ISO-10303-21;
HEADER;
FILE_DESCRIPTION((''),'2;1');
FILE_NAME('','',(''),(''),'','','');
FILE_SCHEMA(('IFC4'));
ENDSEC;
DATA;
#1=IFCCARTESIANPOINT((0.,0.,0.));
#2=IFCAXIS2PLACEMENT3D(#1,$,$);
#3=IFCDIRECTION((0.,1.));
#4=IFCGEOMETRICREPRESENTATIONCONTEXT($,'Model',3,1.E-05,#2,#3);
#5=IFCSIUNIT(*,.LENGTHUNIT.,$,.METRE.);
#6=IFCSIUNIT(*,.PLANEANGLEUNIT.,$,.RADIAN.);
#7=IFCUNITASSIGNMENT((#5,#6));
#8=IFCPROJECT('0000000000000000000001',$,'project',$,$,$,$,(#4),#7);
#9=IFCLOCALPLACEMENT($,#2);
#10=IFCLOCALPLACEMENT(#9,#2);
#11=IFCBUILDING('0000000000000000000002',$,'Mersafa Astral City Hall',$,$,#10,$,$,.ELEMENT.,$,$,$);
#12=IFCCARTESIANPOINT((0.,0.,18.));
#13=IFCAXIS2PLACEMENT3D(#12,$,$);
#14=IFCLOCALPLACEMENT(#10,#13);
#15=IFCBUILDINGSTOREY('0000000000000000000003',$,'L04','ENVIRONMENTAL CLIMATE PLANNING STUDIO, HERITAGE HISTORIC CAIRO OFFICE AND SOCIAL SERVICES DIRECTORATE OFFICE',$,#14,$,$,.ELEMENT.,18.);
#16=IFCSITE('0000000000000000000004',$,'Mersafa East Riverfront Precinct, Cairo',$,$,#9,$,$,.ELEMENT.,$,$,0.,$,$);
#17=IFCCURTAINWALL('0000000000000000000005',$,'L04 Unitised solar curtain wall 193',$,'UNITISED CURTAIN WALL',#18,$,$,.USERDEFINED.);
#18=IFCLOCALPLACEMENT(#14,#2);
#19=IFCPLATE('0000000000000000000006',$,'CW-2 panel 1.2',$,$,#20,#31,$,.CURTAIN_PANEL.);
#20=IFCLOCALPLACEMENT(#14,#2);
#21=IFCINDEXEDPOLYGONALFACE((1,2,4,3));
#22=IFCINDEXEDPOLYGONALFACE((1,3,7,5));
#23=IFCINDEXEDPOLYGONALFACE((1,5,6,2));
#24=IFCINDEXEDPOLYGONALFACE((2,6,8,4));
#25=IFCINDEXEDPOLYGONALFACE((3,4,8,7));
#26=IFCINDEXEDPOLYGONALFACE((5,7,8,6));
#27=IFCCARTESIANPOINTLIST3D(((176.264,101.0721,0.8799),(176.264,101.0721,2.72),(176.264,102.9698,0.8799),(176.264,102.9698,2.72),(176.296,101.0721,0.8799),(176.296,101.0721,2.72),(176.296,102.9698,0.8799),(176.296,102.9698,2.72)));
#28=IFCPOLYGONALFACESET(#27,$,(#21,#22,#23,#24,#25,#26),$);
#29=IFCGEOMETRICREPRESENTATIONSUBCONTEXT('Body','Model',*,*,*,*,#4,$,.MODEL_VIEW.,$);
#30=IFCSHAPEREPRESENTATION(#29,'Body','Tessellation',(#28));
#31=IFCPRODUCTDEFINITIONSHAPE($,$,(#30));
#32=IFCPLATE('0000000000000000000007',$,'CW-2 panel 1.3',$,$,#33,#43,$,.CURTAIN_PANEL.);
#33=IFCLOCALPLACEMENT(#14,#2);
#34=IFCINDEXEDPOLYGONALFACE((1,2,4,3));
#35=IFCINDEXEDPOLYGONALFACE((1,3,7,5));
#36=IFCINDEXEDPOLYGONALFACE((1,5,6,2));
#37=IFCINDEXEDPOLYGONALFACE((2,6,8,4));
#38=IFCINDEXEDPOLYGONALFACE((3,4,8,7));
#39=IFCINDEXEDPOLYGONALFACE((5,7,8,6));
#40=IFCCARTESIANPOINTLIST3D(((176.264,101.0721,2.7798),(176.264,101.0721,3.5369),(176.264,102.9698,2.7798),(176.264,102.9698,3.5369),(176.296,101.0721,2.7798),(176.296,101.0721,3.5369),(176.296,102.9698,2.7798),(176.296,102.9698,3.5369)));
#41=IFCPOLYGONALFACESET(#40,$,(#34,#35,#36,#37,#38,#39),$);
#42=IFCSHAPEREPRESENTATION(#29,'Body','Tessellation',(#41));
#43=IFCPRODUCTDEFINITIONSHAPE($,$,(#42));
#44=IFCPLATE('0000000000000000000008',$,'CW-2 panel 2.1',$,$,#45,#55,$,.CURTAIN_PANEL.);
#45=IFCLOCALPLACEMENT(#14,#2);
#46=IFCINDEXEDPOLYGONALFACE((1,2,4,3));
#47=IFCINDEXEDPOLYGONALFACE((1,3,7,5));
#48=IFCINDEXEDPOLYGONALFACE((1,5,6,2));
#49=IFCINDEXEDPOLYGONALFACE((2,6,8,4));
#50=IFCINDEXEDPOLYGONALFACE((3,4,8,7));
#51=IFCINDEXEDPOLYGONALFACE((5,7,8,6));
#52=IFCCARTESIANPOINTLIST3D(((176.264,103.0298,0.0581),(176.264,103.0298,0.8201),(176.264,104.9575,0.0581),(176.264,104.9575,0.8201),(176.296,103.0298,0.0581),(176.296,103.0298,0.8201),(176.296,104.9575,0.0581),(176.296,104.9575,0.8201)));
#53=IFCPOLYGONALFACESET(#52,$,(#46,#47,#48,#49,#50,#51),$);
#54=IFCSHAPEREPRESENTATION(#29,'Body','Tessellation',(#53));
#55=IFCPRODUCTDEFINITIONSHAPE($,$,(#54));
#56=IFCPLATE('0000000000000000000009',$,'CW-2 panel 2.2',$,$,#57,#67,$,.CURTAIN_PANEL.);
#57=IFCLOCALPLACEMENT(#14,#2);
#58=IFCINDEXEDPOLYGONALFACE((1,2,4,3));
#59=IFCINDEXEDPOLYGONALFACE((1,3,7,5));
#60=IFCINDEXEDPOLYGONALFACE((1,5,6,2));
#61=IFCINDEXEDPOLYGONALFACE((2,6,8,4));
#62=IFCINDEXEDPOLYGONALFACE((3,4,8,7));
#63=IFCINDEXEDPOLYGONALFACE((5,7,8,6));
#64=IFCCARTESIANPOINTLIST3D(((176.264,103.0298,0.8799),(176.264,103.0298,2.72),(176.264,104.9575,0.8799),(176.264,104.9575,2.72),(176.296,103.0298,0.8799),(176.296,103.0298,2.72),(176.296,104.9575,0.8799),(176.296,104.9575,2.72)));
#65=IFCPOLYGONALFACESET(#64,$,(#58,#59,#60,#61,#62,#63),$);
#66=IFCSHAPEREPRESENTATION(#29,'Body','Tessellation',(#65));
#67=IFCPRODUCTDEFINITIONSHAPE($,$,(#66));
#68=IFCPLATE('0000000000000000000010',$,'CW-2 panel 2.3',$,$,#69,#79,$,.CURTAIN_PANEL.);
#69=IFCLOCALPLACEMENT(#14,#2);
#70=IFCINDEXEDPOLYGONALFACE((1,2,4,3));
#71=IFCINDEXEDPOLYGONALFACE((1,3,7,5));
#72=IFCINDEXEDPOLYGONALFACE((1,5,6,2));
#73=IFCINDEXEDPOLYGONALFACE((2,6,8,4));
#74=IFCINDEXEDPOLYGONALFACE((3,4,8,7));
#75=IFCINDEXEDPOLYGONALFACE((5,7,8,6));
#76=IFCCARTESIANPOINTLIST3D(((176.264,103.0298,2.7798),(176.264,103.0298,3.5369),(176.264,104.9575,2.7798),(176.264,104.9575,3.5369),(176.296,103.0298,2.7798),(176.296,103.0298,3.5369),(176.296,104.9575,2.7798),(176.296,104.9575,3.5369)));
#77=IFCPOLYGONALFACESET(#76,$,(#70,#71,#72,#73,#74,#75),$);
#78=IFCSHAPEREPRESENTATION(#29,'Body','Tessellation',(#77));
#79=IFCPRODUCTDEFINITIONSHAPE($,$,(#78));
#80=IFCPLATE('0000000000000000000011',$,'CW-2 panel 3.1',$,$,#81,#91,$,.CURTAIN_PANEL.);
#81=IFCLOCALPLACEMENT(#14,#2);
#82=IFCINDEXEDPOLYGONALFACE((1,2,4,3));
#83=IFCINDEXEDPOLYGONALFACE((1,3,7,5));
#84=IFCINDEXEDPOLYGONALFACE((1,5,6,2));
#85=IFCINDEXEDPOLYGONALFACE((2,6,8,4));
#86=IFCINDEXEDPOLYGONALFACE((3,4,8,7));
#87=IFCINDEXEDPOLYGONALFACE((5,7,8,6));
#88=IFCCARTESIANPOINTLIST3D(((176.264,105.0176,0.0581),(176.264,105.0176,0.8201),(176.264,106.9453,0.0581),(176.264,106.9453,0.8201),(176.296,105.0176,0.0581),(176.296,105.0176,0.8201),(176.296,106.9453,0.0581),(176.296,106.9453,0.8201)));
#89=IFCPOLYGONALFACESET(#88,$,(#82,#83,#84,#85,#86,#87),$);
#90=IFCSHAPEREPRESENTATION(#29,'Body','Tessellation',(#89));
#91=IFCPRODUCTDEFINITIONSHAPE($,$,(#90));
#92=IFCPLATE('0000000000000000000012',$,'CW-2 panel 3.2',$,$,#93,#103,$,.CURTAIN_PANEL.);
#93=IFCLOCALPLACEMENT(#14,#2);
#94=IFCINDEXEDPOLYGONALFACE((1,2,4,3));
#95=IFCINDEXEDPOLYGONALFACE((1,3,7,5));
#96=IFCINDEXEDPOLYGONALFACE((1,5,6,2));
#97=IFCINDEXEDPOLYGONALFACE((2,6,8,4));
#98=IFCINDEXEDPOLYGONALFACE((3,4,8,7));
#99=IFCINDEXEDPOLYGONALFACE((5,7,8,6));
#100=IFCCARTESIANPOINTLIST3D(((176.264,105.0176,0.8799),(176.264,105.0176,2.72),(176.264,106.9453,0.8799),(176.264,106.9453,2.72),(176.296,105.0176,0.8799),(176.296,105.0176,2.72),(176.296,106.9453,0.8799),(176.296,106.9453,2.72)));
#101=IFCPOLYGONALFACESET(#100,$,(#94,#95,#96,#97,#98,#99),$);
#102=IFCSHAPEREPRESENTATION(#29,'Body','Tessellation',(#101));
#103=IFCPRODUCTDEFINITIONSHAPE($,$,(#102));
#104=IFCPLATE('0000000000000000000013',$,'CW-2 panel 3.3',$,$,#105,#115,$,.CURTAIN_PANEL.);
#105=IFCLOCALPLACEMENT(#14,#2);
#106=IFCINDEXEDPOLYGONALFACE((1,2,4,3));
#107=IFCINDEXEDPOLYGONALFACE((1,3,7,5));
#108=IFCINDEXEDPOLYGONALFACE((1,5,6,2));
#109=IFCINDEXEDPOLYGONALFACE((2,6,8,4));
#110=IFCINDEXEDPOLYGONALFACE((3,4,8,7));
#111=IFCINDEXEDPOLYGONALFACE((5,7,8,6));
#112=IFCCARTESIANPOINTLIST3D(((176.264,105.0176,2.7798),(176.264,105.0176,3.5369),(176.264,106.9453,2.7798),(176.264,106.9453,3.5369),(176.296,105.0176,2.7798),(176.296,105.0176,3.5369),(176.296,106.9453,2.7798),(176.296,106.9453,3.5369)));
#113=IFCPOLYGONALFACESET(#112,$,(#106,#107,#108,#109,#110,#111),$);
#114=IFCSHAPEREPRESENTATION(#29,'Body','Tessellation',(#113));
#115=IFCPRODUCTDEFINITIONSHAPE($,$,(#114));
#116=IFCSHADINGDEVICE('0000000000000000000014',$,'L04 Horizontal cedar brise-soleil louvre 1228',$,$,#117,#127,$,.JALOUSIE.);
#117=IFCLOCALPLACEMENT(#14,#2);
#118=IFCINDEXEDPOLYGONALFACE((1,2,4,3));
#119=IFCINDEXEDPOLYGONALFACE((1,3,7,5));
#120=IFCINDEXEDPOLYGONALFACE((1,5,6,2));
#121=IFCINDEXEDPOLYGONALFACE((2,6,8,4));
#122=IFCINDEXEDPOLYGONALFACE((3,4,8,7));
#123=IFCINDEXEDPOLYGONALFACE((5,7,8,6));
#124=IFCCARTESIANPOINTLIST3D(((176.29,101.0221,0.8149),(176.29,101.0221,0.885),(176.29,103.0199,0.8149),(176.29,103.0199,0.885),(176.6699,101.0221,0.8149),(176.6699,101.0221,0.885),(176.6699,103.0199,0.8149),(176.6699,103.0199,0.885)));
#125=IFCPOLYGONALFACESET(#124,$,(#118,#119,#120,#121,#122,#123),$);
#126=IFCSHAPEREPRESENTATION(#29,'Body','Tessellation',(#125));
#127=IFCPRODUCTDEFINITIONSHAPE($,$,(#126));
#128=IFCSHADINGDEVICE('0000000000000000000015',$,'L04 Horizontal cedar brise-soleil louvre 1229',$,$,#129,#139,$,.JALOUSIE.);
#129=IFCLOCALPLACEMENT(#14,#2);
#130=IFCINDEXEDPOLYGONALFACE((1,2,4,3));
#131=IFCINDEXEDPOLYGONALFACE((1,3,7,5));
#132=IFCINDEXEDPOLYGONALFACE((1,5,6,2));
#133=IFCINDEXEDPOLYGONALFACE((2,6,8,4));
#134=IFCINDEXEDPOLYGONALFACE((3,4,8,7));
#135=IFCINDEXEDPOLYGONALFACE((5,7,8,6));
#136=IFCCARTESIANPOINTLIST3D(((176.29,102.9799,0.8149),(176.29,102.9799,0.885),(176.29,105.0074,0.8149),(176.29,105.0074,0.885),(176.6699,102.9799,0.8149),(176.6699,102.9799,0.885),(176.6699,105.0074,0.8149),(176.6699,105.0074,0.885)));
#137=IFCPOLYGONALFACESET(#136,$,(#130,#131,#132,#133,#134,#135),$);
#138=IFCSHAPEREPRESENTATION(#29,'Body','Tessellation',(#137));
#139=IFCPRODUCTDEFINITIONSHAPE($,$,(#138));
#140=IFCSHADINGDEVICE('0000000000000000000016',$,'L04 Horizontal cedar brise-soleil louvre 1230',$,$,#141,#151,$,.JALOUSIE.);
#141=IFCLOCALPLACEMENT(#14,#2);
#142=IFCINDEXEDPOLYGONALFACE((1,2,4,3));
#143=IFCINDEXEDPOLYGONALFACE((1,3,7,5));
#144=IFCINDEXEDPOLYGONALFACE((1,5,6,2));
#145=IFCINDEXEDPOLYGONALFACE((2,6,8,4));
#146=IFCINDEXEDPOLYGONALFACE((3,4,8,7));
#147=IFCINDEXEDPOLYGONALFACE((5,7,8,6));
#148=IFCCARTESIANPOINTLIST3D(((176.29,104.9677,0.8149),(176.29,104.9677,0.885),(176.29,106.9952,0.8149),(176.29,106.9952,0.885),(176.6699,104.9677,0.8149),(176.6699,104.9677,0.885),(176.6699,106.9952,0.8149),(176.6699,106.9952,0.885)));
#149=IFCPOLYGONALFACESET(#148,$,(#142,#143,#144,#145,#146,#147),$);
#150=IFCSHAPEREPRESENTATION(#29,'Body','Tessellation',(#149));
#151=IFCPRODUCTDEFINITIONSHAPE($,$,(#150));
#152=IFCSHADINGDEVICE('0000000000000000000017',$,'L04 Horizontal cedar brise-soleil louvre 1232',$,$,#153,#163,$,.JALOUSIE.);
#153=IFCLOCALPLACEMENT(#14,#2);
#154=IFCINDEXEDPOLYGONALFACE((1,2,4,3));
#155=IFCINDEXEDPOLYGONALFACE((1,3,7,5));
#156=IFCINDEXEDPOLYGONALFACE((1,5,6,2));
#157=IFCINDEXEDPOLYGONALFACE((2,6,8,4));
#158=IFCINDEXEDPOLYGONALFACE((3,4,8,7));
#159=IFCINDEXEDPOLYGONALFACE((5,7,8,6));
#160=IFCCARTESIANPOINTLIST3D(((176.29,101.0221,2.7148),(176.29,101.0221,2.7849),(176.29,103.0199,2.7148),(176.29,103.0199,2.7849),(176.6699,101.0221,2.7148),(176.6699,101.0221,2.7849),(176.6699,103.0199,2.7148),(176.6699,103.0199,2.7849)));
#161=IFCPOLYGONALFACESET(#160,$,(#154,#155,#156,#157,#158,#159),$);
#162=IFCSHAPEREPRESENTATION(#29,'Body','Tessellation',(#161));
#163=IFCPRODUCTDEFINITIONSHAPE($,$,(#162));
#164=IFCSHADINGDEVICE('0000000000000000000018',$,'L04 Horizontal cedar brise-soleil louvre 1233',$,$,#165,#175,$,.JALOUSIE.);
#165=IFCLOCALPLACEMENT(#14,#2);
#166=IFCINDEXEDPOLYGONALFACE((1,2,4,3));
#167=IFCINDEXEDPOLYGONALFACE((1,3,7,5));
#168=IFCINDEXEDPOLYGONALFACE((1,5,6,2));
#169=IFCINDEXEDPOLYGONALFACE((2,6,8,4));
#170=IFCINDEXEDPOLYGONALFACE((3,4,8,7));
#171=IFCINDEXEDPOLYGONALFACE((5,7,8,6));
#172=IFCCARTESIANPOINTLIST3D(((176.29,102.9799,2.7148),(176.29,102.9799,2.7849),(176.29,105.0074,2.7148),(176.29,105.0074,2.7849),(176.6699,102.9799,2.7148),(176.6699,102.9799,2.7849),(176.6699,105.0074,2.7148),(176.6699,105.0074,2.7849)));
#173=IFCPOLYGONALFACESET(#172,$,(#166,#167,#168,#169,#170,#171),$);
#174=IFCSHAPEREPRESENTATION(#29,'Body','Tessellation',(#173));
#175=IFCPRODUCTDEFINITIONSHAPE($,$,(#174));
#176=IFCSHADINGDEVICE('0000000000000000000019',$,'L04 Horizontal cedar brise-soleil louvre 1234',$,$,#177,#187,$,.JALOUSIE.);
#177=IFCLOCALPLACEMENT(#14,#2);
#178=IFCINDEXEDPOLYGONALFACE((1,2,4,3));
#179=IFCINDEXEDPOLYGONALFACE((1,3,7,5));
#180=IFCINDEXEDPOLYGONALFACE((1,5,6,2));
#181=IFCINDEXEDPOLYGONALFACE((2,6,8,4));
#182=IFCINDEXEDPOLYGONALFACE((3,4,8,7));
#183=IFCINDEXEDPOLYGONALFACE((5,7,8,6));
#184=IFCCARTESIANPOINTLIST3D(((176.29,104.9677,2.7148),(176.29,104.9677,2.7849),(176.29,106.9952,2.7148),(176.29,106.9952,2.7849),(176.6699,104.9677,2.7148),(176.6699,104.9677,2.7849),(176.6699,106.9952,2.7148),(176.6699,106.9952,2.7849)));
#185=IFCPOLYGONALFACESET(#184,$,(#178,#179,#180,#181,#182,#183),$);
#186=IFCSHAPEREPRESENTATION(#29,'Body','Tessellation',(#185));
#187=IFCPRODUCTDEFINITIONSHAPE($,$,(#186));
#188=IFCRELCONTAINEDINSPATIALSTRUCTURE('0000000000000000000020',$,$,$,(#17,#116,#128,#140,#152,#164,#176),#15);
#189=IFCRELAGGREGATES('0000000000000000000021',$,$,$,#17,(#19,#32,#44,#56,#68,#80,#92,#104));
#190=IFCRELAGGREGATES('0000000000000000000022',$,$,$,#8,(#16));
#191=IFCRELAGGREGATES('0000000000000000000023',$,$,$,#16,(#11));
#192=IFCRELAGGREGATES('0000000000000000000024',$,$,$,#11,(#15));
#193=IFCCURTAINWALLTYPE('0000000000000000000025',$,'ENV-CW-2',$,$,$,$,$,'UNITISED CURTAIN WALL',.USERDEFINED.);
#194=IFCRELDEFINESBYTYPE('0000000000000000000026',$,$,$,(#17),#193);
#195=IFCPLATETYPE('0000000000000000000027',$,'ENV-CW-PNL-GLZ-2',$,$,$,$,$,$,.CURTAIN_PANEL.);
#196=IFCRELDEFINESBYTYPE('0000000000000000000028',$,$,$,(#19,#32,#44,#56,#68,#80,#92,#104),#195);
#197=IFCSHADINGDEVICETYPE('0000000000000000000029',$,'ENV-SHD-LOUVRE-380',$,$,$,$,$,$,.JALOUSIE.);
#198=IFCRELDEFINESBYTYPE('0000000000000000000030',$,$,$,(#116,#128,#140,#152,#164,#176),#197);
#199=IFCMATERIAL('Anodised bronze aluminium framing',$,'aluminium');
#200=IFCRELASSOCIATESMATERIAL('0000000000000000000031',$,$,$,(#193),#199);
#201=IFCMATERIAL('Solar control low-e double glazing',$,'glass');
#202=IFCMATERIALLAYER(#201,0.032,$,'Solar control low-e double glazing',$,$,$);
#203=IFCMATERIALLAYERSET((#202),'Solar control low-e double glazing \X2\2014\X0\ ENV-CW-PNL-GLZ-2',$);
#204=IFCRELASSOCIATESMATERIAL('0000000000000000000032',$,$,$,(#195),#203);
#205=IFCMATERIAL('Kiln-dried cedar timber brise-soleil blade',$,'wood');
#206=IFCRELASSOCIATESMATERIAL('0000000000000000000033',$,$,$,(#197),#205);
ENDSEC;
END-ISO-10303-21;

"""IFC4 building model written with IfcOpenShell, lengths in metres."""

from ifc_helpers import new_model, si_unit, direction, frame, origin, origin_2d, place, context, subcontext, project, spatial, rectangle, extrude, material, layer, layer_set, type_object, element, aggregate, save


model = new_model("IFC4")

# Units and contexts
model_context = context("Model", 3, precision=1e-05, world=origin(), true_north=direction((0.0, 1.0)))
body_context = subcontext(model_context, "Body", "Model", "MODEL_VIEW")
ifc_project = project(units=[si_unit("LENGTHUNIT", "METRE"), si_unit("PLANEANGLEUNIT", "RADIAN")], contexts=[model_context])

# Site, building, storey
site_placement = place(None, origin())
site = spatial("IfcSite", under=ifc_project, at=site_placement, Name="Mersafa East Riverfront Precinct, Cairo", CompositionType="ELEMENT", RefElevation=0.0)
building_placement = place(site_placement, origin())
building = spatial("IfcBuilding", under=site, at=building_placement, Name="Mersafa Astral City Hall", CompositionType="ELEMENT")
storey_placement = place(building_placement, frame((0.0, 0.0, 18.0)))
storey = spatial("IfcBuildingStorey", under=building, at=storey_placement, Name="L04", Description="ENVIRONMENTAL CLIMATE PLANNING STUDIO, HERITAGE HISTORIC CAIRO OFFICE AND SOCIAL SERVICES DIRECTORATE OFFICE", CompositionType="ELEMENT", Elevation=18.0)

# Curtain wall
ifc_material_1 = material(Name="Anodised bronze aluminium framing", Category="aluminium")
curtain_wall_type = type_object("IfcCurtainWallType", Name="ENV-CW-2", ElementType="UNITISED CURTAIN WALL", PredefinedType="USERDEFINED", material=ifc_material_1)
curtain_wall_placement = place(storey_placement, origin())
curtain_wall = element("IfcCurtainWall", 1, at=curtain_wall_placement, inside=storey, type_object=curtain_wall_type, Name="L04 Unitised solar curtain wall 193", ObjectType="UNITISED CURTAIN WALL", PredefinedType="USERDEFINED")

# Plates
ifc_material_2 = material(Name="Solar control low-e double glazing", Category="glass")
ifc_layer = layer(ifc_material_2, 0.032, Name="Solar control low-e double glazing")
ifc_layer_set = layer_set([ifc_layer], Name="Solar control low-e double glazing — ENV-CW-PNL-GLZ-2")
plate_type = type_object("IfcPlateType", Name="ENV-CW-PNL-GLZ-2", PredefinedType="CURTAIN_PANEL", material=ifc_layer_set)
plate_1_placement = place(storey_placement, frame((176.28, 102.021, 0.8799), z_axis=(0.0, 0.0, 1.0), x_axis=(0.0, 1.0, 0.0)))
plate_1 = element("IfcPlate", 2, at=plate_1_placement, type_object=plate_type, Name="CW-2 panel 1.2", PredefinedType="CURTAIN_PANEL", context=body_context, shape_type="SweptSolid", body=[
    extrude(rectangle(XDim=1.8977, YDim=0.032, at=origin_2d()), origin(), (0.0, 0.0, 1.0), 1.8401),
])
plate_2_placement = place(storey_placement, frame((176.28, 102.021, 2.7798), z_axis=(0.0, 0.0, 1.0), x_axis=(0.0, 1.0, 0.0)))
plate_2 = element("IfcPlate", 3, at=plate_2_placement, type_object=plate_type, Name="CW-2 panel 1.3", PredefinedType="CURTAIN_PANEL", context=body_context, shape_type="SweptSolid", body=[
    extrude(rectangle(XDim=1.8977, YDim=0.032, at=origin_2d()), origin(), (0.0, 0.0, 1.0), 0.7571),
])
plate_3_placement = place(storey_placement, frame((176.28, 103.9937, 0.0581), z_axis=(0.0, 0.0, 1.0), x_axis=(0.0, 1.0, 0.0)))
plate_3 = element("IfcPlate", 4, at=plate_3_placement, type_object=plate_type, Name="CW-2 panel 2.1", PredefinedType="CURTAIN_PANEL", context=body_context, shape_type="SweptSolid", body=[
    extrude(rectangle(XDim=1.9277, YDim=0.032, at=origin_2d()), origin(), (0.0, 0.0, 1.0), 0.762),
])
plate_4_placement = place(storey_placement, frame((176.28, 103.9937, 0.8799), z_axis=(0.0, 0.0, 1.0), x_axis=(0.0, 1.0, 0.0)))
plate_4 = element("IfcPlate", 5, at=plate_4_placement, type_object=plate_type, Name="CW-2 panel 2.2", PredefinedType="CURTAIN_PANEL", context=body_context, shape_type="SweptSolid", body=[
    extrude(rectangle(XDim=1.9277, YDim=0.032, at=origin_2d()), origin(), (0.0, 0.0, 1.0), 1.8401),
])
plate_5_placement = place(storey_placement, frame((176.28, 103.9937, 2.7798), z_axis=(0.0, 0.0, 1.0), x_axis=(0.0, 1.0, 0.0)))
plate_5 = element("IfcPlate", 6, at=plate_5_placement, type_object=plate_type, Name="CW-2 panel 2.3", PredefinedType="CURTAIN_PANEL", context=body_context, shape_type="SweptSolid", body=[
    extrude(rectangle(XDim=1.9277, YDim=0.032, at=origin_2d()), origin(), (0.0, 0.0, 1.0), 0.7571),
])
plate_6_placement = place(storey_placement, frame((176.28, 105.9814, 0.0581), z_axis=(0.0, 0.0, 1.0), x_axis=(0.0, 1.0, 0.0)))
plate_6 = element("IfcPlate", 7, at=plate_6_placement, type_object=plate_type, Name="CW-2 panel 3.1", PredefinedType="CURTAIN_PANEL", context=body_context, shape_type="SweptSolid", body=[
    extrude(rectangle(XDim=1.9277, YDim=0.032, at=origin_2d()), origin(), (0.0, 0.0, 1.0), 0.762),
])
plate_7_placement = place(storey_placement, frame((176.28, 105.9814, 0.8799), z_axis=(0.0, 0.0, 1.0), x_axis=(0.0, 1.0, 0.0)))
plate_7 = element("IfcPlate", 8, at=plate_7_placement, type_object=plate_type, Name="CW-2 panel 3.2", PredefinedType="CURTAIN_PANEL", context=body_context, shape_type="SweptSolid", body=[
    extrude(rectangle(XDim=1.9277, YDim=0.032, at=origin_2d()), origin(), (0.0, 0.0, 1.0), 1.8401),
])
plate_8_placement = place(storey_placement, frame((176.28, 105.9814, 2.7798), z_axis=(0.0, 0.0, 1.0), x_axis=(0.0, 1.0, 0.0)))
plate_8 = element("IfcPlate", 9, at=plate_8_placement, type_object=plate_type, Name="CW-2 panel 3.3", PredefinedType="CURTAIN_PANEL", context=body_context, shape_type="SweptSolid", body=[
    extrude(rectangle(XDim=1.9277, YDim=0.032, at=origin_2d()), origin(), (0.0, 0.0, 1.0), 0.7571),
])
aggregate(curtain_wall, [plate_1, plate_2, plate_3, plate_4, plate_5, plate_6, plate_7, plate_8])

# Shading devices
ifc_material_3 = material(Name="Kiln-dried cedar timber brise-soleil blade", Category="wood")
shading_device_type = type_object("IfcShadingDeviceType", Name="ENV-SHD-LOUVRE-380", PredefinedType="JALOUSIE", material=ifc_material_3)
shading_device_1_placement = place(storey_placement, frame((176.48, 102.021, 0.8149), z_axis=(0.0, 0.0, 1.0), x_axis=(0.0, 1.0, 0.0)))
element("IfcShadingDevice", 10, at=shading_device_1_placement, inside=storey, type_object=shading_device_type, Name="L04 Horizontal cedar brise-soleil louvre 1228", PredefinedType="JALOUSIE", context=body_context, shape_type="SweptSolid", body=[
    extrude(rectangle(XDim=1.9978, YDim=0.3799, at=origin_2d()), origin(), (0.0, 0.0, 1.0), 0.0701),
])
for number, where, z_axis, x_axis, name in (
    (11, (176.48, 103.9937, 0.8149), (0.0, 0.0, 1.0), (0.0, 1.0, 0.0), "L04 Horizontal cedar brise-soleil louvre 1229"),
    (12, (176.48, 105.9814, 0.8149), (0.0, 0.0, 1.0), (0.0, 1.0, 0.0), "L04 Horizontal cedar brise-soleil louvre 1230"),
):
    element("IfcShadingDevice", number, at=place(storey_placement, frame(where, z_axis=z_axis, x_axis=x_axis)), inside=storey, type_object=shading_device_type, Name=name, PredefinedType="JALOUSIE", context=body_context, shape_type="SweptSolid", body=[
        extrude(rectangle(XDim=2.0276, YDim=0.3799, at=origin_2d()), origin(), (0.0, 0.0, 1.0), 0.0701),
    ])
shading_device_2_placement = place(storey_placement, frame((176.48, 102.021, 2.7148), z_axis=(0.0, 0.0, 1.0), x_axis=(0.0, 1.0, 0.0)))
element("IfcShadingDevice", 13, at=shading_device_2_placement, inside=storey, type_object=shading_device_type, Name="L04 Horizontal cedar brise-soleil louvre 1232", PredefinedType="JALOUSIE", context=body_context, shape_type="SweptSolid", body=[
    extrude(rectangle(XDim=1.9978, YDim=0.3799, at=origin_2d()), origin(), (0.0, 0.0, 1.0), 0.0701),
])
for number, where, z_axis, x_axis, name in (
    (14, (176.48, 103.9937, 2.7148), (0.0, 0.0, 1.0), (0.0, 1.0, 0.0), "L04 Horizontal cedar brise-soleil louvre 1233"),
    (15, (176.48, 105.9814, 2.7148), (0.0, 0.0, 1.0), (0.0, 1.0, 0.0), "L04 Horizontal cedar brise-soleil louvre 1234"),
):
    element("IfcShadingDevice", number, at=place(storey_placement, frame(where, z_axis=z_axis, x_axis=x_axis)), inside=storey, type_object=shading_device_type, Name=name, PredefinedType="JALOUSIE", context=body_context, shape_type="SweptSolid", body=[
        extrude(rectangle(XDim=2.0276, YDim=0.3799, at=origin_2d()), origin(), (0.0, 0.0, 1.0), 0.0701),
    ])

save(model, "model.ifc")
